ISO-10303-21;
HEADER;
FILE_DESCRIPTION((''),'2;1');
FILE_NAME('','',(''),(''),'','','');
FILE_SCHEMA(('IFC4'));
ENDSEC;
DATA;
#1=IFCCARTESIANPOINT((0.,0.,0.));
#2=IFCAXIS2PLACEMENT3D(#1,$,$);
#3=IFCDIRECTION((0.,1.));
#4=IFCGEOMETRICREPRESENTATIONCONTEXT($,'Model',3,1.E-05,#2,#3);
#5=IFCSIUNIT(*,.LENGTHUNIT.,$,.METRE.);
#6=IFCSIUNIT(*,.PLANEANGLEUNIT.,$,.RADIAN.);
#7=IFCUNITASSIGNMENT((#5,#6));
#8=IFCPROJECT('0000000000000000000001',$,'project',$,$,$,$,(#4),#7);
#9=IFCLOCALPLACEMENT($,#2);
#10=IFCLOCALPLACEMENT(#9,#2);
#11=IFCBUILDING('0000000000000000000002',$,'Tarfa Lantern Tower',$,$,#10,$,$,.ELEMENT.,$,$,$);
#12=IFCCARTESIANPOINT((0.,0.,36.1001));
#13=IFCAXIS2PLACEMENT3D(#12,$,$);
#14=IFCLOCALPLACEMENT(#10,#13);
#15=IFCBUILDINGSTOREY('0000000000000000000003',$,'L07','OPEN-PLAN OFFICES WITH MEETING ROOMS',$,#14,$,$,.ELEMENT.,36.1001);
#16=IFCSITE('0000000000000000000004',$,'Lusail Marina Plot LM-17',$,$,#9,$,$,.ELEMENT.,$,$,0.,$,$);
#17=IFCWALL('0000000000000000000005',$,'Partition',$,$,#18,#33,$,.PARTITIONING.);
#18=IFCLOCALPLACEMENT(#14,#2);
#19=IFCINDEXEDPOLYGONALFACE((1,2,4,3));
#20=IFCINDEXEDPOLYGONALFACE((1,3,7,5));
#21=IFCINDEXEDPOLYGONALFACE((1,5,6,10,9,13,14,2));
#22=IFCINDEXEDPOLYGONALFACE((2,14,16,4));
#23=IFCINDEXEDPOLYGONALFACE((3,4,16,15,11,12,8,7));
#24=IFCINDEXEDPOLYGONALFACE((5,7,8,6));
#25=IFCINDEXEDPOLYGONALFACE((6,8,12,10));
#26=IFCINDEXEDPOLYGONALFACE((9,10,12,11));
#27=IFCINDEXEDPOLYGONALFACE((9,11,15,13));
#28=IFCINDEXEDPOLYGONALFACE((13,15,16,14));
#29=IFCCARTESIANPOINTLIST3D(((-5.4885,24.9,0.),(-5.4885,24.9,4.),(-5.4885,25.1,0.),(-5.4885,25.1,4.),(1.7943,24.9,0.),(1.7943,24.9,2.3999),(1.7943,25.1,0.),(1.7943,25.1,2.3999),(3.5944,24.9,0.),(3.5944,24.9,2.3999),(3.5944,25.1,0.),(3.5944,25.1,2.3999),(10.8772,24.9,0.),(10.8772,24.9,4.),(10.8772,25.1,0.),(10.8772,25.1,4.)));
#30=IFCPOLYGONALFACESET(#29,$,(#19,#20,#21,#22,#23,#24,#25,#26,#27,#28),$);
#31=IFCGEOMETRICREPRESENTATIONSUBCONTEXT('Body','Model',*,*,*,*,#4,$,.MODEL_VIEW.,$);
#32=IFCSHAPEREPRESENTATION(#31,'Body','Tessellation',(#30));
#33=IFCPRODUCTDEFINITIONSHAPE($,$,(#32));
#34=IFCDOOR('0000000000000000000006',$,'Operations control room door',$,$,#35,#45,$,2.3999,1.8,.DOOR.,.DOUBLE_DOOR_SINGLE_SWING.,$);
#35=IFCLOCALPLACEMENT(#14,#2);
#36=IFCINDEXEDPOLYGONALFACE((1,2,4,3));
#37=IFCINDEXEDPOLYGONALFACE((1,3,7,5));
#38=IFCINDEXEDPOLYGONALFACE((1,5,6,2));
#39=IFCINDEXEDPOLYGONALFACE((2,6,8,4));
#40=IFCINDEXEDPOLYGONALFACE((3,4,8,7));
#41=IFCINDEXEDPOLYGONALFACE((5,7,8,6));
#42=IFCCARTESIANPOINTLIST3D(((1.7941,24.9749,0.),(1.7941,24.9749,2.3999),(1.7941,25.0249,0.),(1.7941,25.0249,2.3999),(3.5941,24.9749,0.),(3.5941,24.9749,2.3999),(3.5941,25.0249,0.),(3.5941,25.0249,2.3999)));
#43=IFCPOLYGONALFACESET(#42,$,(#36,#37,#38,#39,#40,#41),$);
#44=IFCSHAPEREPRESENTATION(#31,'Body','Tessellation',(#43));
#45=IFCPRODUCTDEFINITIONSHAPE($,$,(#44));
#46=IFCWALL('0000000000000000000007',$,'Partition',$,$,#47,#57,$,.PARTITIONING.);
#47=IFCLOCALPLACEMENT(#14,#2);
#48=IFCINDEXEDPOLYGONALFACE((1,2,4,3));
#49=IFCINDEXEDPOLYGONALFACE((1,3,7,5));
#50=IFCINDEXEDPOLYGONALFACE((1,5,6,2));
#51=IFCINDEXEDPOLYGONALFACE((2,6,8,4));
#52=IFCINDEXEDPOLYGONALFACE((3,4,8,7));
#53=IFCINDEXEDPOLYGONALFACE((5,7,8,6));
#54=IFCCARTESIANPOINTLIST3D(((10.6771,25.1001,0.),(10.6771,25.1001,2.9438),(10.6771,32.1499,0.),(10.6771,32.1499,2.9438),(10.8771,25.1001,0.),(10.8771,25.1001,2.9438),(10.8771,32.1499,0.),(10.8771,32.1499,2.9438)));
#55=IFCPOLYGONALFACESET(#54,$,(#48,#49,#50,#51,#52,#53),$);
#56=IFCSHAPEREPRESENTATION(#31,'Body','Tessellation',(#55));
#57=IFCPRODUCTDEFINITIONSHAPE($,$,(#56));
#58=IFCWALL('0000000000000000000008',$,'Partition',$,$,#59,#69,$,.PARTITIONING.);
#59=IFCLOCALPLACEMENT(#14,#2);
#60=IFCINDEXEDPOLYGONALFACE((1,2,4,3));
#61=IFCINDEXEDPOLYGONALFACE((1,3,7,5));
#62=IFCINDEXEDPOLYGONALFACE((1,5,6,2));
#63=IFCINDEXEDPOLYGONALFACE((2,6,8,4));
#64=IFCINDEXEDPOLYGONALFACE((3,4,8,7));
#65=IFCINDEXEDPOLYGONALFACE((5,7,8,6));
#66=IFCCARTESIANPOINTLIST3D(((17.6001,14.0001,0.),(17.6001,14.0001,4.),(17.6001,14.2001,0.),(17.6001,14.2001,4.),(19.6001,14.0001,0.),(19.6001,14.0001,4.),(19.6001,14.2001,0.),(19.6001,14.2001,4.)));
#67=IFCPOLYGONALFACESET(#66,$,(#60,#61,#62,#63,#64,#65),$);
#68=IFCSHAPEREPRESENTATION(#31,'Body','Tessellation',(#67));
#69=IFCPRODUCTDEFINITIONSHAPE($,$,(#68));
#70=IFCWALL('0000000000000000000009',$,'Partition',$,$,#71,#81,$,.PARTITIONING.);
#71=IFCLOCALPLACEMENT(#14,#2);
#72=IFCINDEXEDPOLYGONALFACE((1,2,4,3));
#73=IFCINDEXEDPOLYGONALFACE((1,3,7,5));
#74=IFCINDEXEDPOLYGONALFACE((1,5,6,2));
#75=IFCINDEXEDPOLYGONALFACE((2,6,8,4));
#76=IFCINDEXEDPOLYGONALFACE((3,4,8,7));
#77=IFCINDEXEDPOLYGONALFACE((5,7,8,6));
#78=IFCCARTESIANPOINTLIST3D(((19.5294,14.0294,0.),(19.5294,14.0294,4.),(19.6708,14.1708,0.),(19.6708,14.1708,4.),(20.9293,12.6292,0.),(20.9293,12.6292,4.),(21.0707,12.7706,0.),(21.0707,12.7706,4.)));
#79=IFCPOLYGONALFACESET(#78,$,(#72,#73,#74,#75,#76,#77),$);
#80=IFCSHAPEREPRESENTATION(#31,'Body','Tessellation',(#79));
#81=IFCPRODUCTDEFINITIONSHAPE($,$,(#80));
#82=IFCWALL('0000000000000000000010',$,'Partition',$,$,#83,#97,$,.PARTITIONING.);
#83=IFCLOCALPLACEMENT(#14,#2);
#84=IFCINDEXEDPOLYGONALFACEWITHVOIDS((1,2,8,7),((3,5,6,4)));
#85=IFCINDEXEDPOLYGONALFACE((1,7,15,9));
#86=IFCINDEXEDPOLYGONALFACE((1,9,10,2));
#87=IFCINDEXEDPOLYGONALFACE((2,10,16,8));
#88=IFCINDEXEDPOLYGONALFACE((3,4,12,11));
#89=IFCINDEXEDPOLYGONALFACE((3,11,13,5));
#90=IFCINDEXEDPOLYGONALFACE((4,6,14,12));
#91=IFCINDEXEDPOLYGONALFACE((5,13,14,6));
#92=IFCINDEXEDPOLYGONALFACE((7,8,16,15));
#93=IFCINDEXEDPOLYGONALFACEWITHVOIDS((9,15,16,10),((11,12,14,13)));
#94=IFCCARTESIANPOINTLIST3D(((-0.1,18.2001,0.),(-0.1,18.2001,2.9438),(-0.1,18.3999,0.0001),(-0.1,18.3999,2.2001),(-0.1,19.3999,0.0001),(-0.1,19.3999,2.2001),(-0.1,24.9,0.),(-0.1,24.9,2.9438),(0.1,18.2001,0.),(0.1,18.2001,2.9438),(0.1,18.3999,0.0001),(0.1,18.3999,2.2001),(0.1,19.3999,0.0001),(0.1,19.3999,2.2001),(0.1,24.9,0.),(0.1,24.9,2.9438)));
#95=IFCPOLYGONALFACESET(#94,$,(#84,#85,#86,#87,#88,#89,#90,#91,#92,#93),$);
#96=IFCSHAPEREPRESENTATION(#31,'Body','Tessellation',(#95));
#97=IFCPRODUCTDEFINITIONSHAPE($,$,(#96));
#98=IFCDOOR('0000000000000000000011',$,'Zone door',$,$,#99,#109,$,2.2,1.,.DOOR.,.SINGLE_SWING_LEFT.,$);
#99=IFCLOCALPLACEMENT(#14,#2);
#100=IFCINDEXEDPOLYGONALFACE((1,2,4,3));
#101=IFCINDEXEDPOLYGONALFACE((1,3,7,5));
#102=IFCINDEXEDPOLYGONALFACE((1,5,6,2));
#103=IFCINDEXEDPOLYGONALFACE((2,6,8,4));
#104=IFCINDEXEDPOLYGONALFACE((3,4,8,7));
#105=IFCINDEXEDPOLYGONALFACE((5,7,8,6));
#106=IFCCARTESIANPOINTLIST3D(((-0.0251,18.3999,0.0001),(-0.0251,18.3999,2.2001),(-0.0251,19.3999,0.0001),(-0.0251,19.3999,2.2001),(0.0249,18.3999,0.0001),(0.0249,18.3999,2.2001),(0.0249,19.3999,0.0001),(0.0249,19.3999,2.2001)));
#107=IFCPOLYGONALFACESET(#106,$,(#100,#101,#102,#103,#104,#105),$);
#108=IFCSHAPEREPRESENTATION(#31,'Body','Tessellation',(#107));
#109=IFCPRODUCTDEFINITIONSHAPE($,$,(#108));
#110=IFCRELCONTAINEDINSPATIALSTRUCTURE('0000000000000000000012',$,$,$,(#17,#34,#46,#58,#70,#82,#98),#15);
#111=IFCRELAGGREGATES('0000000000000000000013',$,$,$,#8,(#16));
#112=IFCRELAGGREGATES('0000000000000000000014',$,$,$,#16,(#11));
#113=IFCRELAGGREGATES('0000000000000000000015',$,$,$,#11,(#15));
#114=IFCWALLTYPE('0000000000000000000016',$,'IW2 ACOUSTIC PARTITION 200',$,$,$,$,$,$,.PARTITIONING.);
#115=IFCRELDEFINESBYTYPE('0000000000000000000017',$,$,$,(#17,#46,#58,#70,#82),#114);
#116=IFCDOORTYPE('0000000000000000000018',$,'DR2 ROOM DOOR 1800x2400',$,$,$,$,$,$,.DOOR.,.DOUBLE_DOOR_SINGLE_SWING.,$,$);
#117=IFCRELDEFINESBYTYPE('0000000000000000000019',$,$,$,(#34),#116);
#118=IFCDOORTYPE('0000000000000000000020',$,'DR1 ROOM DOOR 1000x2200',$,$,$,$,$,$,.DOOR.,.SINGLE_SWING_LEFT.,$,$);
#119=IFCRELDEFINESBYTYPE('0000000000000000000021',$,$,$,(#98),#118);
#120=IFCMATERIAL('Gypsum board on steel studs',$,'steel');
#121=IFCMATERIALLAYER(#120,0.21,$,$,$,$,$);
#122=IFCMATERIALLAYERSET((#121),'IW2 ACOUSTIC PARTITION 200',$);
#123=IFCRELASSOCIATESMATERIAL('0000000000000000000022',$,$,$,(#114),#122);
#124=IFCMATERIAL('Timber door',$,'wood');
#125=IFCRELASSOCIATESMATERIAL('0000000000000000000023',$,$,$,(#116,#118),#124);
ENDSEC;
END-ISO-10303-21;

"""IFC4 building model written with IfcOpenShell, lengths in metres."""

from ifc_helpers import new_model, si_unit, direction, frame, frame_2d, origin, place, context, subcontext, project, spatial, rectangle, extrude, material, layer, layer_set, type_object, element, fill, save


model = new_model("IFC4")

# Units and contexts
model_context = context("Model", 3, precision=1e-05, world=origin(), true_north=direction((0.0, 1.0)))
body_context = subcontext(model_context, "Body", "Model", "MODEL_VIEW")
ifc_project = project(units=[si_unit("LENGTHUNIT", "METRE"), si_unit("PLANEANGLEUNIT", "RADIAN")], contexts=[model_context])

# Site, building, storey
site_placement = place(None, origin())
site = spatial("IfcSite", under=ifc_project, at=site_placement, Name="Lusail Marina Plot LM-17", CompositionType="ELEMENT", RefElevation=0.0)
building_placement = place(site_placement, origin())
building = spatial("IfcBuilding", under=site, at=building_placement, Name="Tarfa Lantern Tower", CompositionType="ELEMENT")
storey_placement = place(building_placement, frame((0.0, 0.0, 36.1001)))
storey = spatial("IfcBuildingStorey", under=building, at=storey_placement, Name="L07", Description="OPEN-PLAN OFFICES WITH MEETING ROOMS", CompositionType="ELEMENT", Elevation=36.1001)

# Shared definitions
ifc_material_1 = material(Name="Gypsum board on steel studs", Category="steel")
ifc_layer_1 = layer(ifc_material_1, 0.21)
ifc_layer_set_1 = layer_set([ifc_layer_1], Name="IW2 ACOUSTIC PARTITION 200")
wall_type_1 = type_object("IfcWallType", Name="IW2 ACOUSTIC PARTITION 200", PredefinedType="PARTITIONING", material=ifc_layer_set_1)

# Wall, opening, door
wall_1_placement = place(storey_placement, frame((10.8772, 25.0, 0.0), z_axis=(0.0, 0.0, 1.0), x_axis=(-1.0, 0.0, 0.0)))
wall_1 = element("IfcWall", 1, at=wall_1_placement, inside=storey, type_object=wall_type_1, Name="Partition", PredefinedType="PARTITIONING", context=body_context, shape_type="SweptSolid", body=[
    extrude(rectangle(XDim=16.3657, YDim=0.2, at=frame_2d((8.1829, 0.0))), origin(), (0.0, 0.0, 1.0), 4.0),
])
opening_1_placement = place(wall_1_placement, frame((7.283, 0.0, 0.0)))
opening_1 = element("IfcOpeningElement", 2, at=opening_1_placement, cuts=wall_1, PredefinedType="OPENING", context=body_context, shape_type="SweptSolid", body=[
    extrude(rectangle(XDim=1.8, YDim=2.3999, at=frame_2d((0.8999, 1.2))), frame((0.0, 0.1099, 0.0), z_axis=(0.0, -1.0, 0.0), x_axis=(1.0, 0.0, 0.0)), (0.0, 0.0, 1.0), 0.22),
])
ifc_material_2 = material(Name="Timber door", Category="wood")
door_type_1 = type_object("IfcDoorType", Name="DR2 ROOM DOOR 1800x2400", OperationType="DOUBLE_DOOR_SINGLE_SWING", PredefinedType="DOOR", material=ifc_material_2)
door_1_placement = place(opening_1_placement, frame((1.8, 0.0, 0.0), z_axis=(0.0, 0.0, 1.0), x_axis=(-1.0, 0.0, 0.0)))
door_1 = element("IfcDoor", 3, at=door_1_placement, inside=storey, type_object=door_type_1, Name="Operations control room door", OperationType="DOUBLE_DOOR_SINGLE_SWING", OverallHeight=2.3999, OverallWidth=1.8, PredefinedType="DOOR", context=body_context, shape_type="SweptSolid", body=[
    extrude(rectangle(XDim=1.8, YDim=2.3999, at=frame_2d((0.8999, 1.2))), frame((0.0, 0.0249, 0.0), z_axis=(0.0, -1.0, 0.0), x_axis=(1.0, 0.0, 0.0)), (0.0, 0.0, 1.0), 0.05),
])
fill(opening_1, door_1)

# Walls
wall_2_placement = place(storey_placement, frame((10.7771, 25.1001, 0.0), z_axis=(0.0, 0.0, 1.0), x_axis=(0.0, 1.0, 0.0)))
element("IfcWall", 4, at=wall_2_placement, inside=storey, type_object=wall_type_1, Name="Partition", PredefinedType="PARTITIONING", context=body_context, shape_type="SweptSolid", body=[
    extrude(rectangle(XDim=7.0498, YDim=0.2, at=frame_2d((3.5249, 0.0))), origin(), (0.0, 0.0, 1.0), 2.9438),
])
wall_3_placement = place(storey_placement, frame((17.6001, 14.1001, 0.0), z_axis=(0.0, 0.0, 1.0), x_axis=(1.0, 0.0, 0.0)))
element("IfcWall", 5, at=wall_3_placement, inside=storey, type_object=wall_type_1, Name="Partition", PredefinedType="PARTITIONING", context=body_context, shape_type="SweptSolid", body=[
    extrude(rectangle(XDim=2.0, YDim=0.2, at=frame_2d((1.0, 0.0))), origin(), (0.0, 0.0, 1.0), 4.0),
])
wall_4_placement = place(storey_placement, frame((19.6001, 14.1001, 0.0), z_axis=(0.0, 0.0, 1.0), x_axis=(0.707045, -0.707168, 0.0)))
element("IfcWall", 6, at=wall_4_placement, inside=storey, type_object=wall_type_1, Name="Partition", PredefinedType="PARTITIONING", context=body_context, shape_type="SweptSolid", body=[
    extrude(rectangle(XDim=1.98, YDim=0.2, at=frame_2d((0.99, 0.0))), origin(), (0.0, 0.0, 1.0), 4.0),
])

# Wall, opening, door
wall_5_placement = place(storey_placement, frame((0.0, 18.2, 0.0), z_axis=(0.0, 0.0, 1.0), x_axis=(0.0, 1.0, 0.0)))
wall_5 = element("IfcWall", 7, at=wall_5_placement, inside=storey, type_object=wall_type_1, Name="Partition", PredefinedType="PARTITIONING", context=body_context, shape_type="SweptSolid", body=[
    extrude(rectangle(XDim=6.7, YDim=0.2, at=frame_2d((3.3501, 0.0))), origin(), (0.0, 0.0, 1.0), 2.9438),
])
opening_2_placement = place(wall_5_placement, frame((0.2, 0.0, 0.0)))
opening_2 = element("IfcOpeningElement", 8, at=opening_2_placement, cuts=wall_5, PredefinedType="OPENING", context=body_context, shape_type="SweptSolid", body=[
    extrude(rectangle(XDim=1.0, YDim=2.2, at=frame_2d((0.5, 1.1001))), frame((0.0, 0.1099, 0.0), z_axis=(0.0, -1.0, 0.0), x_axis=(1.0, 0.0, 0.0)), (0.0, 0.0, 1.0), 0.22),
])
door_type_2 = type_object("IfcDoorType", Name="DR1 ROOM DOOR 1000x2200", OperationType="SINGLE_SWING_LEFT", PredefinedType="DOOR", material=ifc_material_2)
door_2_placement = place(opening_2_placement, frame((1.0, 0.0, 0.0), z_axis=(0.0, 0.0, 1.0), x_axis=(-1.0, 0.0, 0.0)))
door_2 = element("IfcDoor", 9, at=door_2_placement, inside=storey, type_object=door_type_2, Name="Zone door", OperationType="SINGLE_SWING_LEFT", OverallHeight=2.2, OverallWidth=1.0, PredefinedType="DOOR", context=body_context, shape_type="SweptSolid", body=[
    extrude(rectangle(XDim=1.0, YDim=2.2, at=frame_2d((0.5, 1.1001))), frame((0.0, 0.0249, 0.0), z_axis=(0.0, -1.0, 0.0), x_axis=(1.0, 0.0, 0.0)), (0.0, 0.0, 1.0), 0.05),
])
fill(opening_2, door_2)

save(model, "model.ifc")
